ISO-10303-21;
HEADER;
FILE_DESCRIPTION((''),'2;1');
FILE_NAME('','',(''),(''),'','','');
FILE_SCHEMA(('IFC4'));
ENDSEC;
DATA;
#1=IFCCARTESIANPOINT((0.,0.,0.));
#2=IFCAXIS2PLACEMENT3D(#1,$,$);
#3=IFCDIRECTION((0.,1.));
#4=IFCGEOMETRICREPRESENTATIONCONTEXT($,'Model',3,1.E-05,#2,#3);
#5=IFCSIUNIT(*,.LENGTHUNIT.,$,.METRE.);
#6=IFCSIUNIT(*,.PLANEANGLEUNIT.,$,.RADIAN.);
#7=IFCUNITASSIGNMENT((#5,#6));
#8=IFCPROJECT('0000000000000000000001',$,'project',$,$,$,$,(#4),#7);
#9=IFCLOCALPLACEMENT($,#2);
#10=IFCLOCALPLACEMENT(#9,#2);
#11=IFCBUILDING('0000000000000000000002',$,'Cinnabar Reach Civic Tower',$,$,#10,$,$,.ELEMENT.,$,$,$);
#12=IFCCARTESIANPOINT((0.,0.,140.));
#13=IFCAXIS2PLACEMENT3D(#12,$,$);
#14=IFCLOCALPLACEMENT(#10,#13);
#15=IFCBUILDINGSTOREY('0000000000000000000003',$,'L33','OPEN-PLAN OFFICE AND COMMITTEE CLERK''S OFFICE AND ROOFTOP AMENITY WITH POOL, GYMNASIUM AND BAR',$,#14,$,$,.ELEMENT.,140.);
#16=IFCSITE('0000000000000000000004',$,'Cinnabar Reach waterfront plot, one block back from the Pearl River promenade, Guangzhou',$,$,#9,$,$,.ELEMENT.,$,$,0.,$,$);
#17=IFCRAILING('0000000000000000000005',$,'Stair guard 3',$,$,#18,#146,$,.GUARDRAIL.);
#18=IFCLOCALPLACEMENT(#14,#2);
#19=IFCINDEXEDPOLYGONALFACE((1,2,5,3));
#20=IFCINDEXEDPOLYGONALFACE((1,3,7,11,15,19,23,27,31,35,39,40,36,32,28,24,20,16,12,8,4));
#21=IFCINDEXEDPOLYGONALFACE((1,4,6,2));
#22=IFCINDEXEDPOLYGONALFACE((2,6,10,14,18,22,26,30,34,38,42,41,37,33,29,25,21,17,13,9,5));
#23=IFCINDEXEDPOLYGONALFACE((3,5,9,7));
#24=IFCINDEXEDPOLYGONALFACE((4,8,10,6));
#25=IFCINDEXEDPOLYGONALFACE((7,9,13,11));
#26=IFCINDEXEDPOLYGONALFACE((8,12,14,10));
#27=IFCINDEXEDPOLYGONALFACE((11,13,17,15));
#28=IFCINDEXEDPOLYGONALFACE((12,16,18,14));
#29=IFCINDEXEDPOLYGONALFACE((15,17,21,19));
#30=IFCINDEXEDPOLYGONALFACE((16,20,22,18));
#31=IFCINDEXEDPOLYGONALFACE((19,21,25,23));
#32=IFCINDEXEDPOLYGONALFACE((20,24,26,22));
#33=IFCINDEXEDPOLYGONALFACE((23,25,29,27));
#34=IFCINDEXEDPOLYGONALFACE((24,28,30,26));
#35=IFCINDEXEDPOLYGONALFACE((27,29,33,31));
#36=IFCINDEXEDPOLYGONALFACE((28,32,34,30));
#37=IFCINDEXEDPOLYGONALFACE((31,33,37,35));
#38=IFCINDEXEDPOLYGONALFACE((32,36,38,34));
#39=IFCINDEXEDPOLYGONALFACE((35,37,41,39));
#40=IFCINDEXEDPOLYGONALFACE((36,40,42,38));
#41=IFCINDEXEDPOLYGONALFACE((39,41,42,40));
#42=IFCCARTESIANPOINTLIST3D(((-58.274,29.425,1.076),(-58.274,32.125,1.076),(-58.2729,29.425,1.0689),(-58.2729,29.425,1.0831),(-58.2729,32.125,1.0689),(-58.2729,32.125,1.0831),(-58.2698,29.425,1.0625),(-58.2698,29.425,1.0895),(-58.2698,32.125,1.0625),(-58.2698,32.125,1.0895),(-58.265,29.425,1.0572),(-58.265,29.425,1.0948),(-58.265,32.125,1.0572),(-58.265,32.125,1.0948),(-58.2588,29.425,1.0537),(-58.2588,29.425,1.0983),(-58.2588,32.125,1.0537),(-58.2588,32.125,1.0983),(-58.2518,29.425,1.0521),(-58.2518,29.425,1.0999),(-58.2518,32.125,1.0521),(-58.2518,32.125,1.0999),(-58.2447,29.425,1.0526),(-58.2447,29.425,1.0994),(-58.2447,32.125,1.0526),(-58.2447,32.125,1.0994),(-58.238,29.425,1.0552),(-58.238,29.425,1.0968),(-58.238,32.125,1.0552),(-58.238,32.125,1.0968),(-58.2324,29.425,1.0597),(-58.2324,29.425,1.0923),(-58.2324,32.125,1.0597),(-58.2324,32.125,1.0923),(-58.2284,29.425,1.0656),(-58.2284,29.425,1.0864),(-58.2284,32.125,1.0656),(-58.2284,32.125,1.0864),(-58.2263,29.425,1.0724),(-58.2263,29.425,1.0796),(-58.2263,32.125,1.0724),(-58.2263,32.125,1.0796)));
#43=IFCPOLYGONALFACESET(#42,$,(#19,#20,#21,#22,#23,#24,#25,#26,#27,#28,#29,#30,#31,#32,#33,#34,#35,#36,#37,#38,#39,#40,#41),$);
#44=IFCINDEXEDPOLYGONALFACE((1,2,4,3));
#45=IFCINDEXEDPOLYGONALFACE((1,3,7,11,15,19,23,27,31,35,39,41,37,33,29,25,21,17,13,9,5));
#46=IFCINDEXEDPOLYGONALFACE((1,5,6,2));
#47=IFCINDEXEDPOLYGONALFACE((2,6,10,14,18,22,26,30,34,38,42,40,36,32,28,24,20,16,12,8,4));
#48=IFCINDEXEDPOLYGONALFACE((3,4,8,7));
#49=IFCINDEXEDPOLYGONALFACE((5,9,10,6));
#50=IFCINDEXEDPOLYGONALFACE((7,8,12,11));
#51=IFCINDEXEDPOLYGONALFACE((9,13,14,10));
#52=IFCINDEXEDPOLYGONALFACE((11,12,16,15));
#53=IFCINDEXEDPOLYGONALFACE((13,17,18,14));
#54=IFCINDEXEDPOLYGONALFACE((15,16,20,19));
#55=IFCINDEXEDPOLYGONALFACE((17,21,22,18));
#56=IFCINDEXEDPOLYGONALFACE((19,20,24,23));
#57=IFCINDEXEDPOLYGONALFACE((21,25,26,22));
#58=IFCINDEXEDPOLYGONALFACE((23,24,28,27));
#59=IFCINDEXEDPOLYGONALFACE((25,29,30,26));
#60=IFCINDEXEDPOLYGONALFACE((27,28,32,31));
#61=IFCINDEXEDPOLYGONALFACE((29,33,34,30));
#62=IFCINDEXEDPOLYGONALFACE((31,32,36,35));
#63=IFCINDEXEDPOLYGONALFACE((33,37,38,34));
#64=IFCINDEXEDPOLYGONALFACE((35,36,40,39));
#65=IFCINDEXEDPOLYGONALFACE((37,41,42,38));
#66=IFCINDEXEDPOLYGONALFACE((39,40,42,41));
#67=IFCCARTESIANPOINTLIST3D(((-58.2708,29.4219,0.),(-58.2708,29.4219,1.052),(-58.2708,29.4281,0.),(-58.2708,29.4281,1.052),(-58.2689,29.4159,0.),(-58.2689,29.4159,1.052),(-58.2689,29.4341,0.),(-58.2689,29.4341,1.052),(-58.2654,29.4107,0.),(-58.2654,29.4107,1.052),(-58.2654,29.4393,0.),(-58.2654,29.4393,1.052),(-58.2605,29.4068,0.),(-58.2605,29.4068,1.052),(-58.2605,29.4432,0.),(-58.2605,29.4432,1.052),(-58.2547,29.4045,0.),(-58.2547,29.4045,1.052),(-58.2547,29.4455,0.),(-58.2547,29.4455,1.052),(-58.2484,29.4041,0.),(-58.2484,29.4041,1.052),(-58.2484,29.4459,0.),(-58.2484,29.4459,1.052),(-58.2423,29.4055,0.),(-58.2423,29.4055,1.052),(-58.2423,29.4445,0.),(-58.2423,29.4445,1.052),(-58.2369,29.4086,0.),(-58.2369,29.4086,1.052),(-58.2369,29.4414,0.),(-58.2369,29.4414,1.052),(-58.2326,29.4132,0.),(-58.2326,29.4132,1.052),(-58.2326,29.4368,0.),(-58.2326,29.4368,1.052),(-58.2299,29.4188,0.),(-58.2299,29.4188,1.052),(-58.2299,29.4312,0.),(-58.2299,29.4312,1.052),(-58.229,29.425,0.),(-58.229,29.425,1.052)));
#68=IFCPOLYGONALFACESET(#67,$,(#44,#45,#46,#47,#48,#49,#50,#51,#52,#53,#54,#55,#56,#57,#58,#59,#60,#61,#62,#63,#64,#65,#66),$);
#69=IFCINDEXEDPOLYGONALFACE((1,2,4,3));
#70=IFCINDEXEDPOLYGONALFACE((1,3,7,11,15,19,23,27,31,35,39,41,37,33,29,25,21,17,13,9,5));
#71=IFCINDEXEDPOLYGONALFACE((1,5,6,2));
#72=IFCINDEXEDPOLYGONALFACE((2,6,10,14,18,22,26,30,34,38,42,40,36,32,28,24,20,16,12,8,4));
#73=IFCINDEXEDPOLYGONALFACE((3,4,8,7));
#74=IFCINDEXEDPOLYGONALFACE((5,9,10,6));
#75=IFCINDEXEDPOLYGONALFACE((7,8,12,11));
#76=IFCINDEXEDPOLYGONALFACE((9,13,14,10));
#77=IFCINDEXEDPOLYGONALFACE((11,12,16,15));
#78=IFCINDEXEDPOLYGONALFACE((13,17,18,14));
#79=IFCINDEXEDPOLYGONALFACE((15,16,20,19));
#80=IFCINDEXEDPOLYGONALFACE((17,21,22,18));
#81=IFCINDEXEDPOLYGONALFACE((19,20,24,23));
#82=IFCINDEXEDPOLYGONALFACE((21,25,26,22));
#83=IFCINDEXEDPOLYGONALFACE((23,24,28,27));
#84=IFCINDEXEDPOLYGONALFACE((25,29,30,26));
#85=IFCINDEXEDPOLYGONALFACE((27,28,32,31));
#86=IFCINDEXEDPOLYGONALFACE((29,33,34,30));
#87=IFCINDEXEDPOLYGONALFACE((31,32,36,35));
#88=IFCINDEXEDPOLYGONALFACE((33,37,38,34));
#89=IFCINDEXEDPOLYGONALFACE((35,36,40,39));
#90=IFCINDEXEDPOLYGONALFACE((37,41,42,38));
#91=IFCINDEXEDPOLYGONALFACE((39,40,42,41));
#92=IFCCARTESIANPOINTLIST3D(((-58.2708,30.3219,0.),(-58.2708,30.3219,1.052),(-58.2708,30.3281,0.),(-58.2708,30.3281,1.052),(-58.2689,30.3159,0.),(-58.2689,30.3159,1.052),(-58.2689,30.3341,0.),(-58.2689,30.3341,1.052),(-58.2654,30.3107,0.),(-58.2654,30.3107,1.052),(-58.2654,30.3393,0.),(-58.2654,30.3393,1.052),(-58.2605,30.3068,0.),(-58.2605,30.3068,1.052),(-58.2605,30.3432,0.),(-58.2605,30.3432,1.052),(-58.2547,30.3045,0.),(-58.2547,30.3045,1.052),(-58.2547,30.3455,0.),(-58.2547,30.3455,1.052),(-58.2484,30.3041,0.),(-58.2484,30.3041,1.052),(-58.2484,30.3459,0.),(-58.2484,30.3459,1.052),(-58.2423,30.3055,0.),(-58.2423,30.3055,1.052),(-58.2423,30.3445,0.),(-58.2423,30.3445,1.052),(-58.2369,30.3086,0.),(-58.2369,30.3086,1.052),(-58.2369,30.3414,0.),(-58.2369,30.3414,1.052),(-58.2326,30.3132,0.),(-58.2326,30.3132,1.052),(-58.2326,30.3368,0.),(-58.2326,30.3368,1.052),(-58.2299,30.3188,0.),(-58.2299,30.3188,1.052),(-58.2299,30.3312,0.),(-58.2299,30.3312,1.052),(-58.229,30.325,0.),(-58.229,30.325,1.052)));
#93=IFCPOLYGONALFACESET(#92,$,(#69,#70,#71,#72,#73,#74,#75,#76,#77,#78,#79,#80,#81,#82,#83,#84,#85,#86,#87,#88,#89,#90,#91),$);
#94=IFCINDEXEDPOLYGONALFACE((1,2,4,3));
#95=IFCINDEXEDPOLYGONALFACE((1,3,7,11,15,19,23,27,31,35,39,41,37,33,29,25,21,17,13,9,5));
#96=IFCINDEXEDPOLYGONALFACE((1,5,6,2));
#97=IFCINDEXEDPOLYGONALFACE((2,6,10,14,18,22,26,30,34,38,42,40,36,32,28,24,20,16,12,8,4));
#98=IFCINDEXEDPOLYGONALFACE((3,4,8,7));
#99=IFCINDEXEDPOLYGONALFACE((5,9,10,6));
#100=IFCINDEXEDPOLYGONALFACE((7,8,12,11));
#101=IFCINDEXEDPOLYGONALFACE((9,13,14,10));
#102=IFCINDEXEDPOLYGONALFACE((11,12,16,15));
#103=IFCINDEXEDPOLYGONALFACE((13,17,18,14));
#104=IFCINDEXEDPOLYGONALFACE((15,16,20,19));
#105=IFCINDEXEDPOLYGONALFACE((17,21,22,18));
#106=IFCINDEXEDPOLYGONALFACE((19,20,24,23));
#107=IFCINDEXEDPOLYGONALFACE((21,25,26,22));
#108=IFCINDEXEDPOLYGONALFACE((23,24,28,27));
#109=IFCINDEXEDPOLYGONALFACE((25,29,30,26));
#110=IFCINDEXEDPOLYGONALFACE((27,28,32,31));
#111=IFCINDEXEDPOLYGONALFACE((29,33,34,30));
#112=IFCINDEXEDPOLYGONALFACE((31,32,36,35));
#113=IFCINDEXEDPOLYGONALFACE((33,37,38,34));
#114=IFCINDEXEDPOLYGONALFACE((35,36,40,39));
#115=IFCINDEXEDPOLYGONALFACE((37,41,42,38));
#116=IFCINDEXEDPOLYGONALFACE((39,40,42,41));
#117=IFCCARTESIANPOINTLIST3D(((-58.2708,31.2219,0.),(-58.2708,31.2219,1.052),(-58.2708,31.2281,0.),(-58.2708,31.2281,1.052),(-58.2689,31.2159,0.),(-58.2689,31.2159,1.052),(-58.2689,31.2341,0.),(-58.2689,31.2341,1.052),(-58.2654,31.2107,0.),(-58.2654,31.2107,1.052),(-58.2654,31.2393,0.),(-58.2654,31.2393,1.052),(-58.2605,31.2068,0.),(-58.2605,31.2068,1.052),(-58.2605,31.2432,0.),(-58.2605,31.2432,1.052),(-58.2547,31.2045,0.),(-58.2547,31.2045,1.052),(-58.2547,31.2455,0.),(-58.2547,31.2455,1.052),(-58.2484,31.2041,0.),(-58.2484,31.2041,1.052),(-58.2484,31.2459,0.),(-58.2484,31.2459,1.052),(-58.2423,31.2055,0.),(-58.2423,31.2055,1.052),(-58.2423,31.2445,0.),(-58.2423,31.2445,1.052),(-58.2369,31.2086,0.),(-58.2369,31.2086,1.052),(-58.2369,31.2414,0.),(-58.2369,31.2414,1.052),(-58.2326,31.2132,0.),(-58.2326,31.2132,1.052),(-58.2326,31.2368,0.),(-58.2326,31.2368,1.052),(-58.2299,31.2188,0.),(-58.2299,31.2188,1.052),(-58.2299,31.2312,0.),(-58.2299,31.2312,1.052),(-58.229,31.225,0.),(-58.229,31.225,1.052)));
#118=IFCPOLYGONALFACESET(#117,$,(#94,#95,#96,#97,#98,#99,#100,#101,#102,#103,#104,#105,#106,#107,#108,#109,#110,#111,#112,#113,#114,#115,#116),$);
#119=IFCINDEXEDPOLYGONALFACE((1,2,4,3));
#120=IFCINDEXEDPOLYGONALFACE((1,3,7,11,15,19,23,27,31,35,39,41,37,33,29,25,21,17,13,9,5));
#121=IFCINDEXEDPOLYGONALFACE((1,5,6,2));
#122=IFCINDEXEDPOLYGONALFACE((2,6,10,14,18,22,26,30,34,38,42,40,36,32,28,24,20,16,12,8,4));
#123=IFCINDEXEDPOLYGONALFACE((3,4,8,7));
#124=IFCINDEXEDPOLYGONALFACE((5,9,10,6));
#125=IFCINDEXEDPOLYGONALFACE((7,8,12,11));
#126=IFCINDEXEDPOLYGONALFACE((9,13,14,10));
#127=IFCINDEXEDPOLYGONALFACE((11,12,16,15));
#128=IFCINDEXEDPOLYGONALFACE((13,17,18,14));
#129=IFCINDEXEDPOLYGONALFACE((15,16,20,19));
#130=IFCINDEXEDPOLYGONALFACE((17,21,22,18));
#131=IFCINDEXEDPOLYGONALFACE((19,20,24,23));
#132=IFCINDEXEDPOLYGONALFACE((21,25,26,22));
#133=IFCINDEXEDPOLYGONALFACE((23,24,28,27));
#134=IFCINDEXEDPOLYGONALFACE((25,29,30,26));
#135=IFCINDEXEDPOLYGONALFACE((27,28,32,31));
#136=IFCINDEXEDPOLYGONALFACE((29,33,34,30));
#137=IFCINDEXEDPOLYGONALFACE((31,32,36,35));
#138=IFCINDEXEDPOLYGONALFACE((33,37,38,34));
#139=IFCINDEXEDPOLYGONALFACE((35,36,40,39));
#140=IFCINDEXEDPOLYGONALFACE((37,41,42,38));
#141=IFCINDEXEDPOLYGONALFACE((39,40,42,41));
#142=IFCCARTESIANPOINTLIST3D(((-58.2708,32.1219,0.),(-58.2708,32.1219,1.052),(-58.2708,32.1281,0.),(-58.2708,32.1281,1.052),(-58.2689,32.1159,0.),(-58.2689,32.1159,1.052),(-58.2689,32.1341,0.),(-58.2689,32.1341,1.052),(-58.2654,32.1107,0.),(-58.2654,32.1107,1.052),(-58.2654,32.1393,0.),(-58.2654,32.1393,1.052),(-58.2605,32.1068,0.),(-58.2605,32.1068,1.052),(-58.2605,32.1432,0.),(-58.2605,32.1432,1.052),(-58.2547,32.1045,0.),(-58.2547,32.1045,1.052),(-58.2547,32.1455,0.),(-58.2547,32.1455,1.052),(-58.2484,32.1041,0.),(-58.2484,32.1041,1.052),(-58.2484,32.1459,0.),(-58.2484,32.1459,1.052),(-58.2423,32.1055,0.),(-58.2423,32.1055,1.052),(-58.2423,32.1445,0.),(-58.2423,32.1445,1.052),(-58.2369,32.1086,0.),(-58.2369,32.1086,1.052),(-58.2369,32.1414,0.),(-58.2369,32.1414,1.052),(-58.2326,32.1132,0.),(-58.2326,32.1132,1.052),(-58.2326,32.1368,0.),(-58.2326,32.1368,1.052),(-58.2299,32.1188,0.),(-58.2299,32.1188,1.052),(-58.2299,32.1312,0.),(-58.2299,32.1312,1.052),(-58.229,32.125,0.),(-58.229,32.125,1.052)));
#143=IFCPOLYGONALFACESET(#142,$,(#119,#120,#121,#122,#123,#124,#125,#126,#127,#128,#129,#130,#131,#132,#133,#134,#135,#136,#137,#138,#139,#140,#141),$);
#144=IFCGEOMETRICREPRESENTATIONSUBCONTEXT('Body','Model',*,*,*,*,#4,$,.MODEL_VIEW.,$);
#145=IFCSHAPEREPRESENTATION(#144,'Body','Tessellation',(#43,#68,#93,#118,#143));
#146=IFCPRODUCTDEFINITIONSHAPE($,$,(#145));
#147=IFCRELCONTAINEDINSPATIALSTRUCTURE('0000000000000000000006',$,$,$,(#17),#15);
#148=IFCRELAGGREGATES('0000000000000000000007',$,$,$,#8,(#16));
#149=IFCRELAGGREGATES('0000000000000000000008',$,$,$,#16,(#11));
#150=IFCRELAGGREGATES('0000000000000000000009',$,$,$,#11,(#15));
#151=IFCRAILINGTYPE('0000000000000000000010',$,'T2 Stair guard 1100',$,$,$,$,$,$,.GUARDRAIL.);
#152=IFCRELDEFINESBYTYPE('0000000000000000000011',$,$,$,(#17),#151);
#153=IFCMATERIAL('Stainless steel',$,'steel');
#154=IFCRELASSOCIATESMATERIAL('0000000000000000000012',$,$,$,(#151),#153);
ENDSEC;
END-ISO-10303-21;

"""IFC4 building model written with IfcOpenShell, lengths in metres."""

from ifc_helpers import new_model, si_unit, direction, frame, origin, origin_2d, place, context, subcontext, project, spatial, circle, extrude, material, type_object, element, save


model = new_model("IFC4")

# Units and contexts
model_context = context("Model", 3, precision=1e-05, world=origin(), true_north=direction((0.0, 1.0)))
body_context = subcontext(model_context, "Body", "Model", "MODEL_VIEW")
ifc_project = project(units=[si_unit("LENGTHUNIT", "METRE"), si_unit("PLANEANGLEUNIT", "RADIAN")], contexts=[model_context])

# Site, building, storey
site_placement = place(None, origin())
site = spatial("IfcSite", under=ifc_project, at=site_placement, Name="Cinnabar Reach waterfront plot, one block back from the Pearl River promenade, Guangzhou", CompositionType="ELEMENT", RefElevation=0.0)
building_placement = place(site_placement, origin())
building = spatial("IfcBuilding", under=site, at=building_placement, Name="Cinnabar Reach Civic Tower", CompositionType="ELEMENT")
storey_placement = place(building_placement, frame((0.0, 0.0, 140.0)))
storey = spatial("IfcBuildingStorey", under=building, at=storey_placement, Name="L33", Description="OPEN-PLAN OFFICE AND COMMITTEE CLERK'S OFFICE AND ROOFTOP AMENITY WITH POOL, GYMNASIUM AND BAR", CompositionType="ELEMENT", Elevation=140.0)

# Railing
ifc_material_1 = material(Name="Stainless steel", Category="steel")
railing_type = type_object("IfcRailingType", Name="T2 Stair guard 1100", PredefinedType="GUARDRAIL", material=ifc_material_1)
railing_placement = place(storey_placement, frame((-58.25, 29.425, 0.0)))
element("IfcRailing", 1, at=railing_placement, inside=storey, type_object=railing_type, Name="Stair guard 3", PredefinedType="GUARDRAIL", context=body_context, shape_type="SweptSolid", body=[
    extrude(circle(Radius=0.024, at=origin_2d()), frame((0.0, 0.0, 1.076), z_axis=(0.0, 1.0, 0.0), x_axis=(-1.0, 0.0, 0.0)), (0.0, 0.0, 1.0), 2.7),
    extrude(circle(Radius=0.021, at=origin_2d()), origin(), (0.0, 0.0, 1.0), 1.052),
    extrude(circle(Radius=0.021, at=origin_2d()), frame((0.0, 0.9, 0.0)), (0.0, 0.0, 1.0), 1.052),
    extrude(circle(Radius=0.021, at=origin_2d()), frame((0.0, 1.8, 0.0)), (0.0, 0.0, 1.0), 1.052),
    extrude(circle(Radius=0.021, at=origin_2d()), frame((0.0, 2.7, 0.0)), (0.0, 0.0, 1.0), 1.052),
])

save(model, "model.ifc")
